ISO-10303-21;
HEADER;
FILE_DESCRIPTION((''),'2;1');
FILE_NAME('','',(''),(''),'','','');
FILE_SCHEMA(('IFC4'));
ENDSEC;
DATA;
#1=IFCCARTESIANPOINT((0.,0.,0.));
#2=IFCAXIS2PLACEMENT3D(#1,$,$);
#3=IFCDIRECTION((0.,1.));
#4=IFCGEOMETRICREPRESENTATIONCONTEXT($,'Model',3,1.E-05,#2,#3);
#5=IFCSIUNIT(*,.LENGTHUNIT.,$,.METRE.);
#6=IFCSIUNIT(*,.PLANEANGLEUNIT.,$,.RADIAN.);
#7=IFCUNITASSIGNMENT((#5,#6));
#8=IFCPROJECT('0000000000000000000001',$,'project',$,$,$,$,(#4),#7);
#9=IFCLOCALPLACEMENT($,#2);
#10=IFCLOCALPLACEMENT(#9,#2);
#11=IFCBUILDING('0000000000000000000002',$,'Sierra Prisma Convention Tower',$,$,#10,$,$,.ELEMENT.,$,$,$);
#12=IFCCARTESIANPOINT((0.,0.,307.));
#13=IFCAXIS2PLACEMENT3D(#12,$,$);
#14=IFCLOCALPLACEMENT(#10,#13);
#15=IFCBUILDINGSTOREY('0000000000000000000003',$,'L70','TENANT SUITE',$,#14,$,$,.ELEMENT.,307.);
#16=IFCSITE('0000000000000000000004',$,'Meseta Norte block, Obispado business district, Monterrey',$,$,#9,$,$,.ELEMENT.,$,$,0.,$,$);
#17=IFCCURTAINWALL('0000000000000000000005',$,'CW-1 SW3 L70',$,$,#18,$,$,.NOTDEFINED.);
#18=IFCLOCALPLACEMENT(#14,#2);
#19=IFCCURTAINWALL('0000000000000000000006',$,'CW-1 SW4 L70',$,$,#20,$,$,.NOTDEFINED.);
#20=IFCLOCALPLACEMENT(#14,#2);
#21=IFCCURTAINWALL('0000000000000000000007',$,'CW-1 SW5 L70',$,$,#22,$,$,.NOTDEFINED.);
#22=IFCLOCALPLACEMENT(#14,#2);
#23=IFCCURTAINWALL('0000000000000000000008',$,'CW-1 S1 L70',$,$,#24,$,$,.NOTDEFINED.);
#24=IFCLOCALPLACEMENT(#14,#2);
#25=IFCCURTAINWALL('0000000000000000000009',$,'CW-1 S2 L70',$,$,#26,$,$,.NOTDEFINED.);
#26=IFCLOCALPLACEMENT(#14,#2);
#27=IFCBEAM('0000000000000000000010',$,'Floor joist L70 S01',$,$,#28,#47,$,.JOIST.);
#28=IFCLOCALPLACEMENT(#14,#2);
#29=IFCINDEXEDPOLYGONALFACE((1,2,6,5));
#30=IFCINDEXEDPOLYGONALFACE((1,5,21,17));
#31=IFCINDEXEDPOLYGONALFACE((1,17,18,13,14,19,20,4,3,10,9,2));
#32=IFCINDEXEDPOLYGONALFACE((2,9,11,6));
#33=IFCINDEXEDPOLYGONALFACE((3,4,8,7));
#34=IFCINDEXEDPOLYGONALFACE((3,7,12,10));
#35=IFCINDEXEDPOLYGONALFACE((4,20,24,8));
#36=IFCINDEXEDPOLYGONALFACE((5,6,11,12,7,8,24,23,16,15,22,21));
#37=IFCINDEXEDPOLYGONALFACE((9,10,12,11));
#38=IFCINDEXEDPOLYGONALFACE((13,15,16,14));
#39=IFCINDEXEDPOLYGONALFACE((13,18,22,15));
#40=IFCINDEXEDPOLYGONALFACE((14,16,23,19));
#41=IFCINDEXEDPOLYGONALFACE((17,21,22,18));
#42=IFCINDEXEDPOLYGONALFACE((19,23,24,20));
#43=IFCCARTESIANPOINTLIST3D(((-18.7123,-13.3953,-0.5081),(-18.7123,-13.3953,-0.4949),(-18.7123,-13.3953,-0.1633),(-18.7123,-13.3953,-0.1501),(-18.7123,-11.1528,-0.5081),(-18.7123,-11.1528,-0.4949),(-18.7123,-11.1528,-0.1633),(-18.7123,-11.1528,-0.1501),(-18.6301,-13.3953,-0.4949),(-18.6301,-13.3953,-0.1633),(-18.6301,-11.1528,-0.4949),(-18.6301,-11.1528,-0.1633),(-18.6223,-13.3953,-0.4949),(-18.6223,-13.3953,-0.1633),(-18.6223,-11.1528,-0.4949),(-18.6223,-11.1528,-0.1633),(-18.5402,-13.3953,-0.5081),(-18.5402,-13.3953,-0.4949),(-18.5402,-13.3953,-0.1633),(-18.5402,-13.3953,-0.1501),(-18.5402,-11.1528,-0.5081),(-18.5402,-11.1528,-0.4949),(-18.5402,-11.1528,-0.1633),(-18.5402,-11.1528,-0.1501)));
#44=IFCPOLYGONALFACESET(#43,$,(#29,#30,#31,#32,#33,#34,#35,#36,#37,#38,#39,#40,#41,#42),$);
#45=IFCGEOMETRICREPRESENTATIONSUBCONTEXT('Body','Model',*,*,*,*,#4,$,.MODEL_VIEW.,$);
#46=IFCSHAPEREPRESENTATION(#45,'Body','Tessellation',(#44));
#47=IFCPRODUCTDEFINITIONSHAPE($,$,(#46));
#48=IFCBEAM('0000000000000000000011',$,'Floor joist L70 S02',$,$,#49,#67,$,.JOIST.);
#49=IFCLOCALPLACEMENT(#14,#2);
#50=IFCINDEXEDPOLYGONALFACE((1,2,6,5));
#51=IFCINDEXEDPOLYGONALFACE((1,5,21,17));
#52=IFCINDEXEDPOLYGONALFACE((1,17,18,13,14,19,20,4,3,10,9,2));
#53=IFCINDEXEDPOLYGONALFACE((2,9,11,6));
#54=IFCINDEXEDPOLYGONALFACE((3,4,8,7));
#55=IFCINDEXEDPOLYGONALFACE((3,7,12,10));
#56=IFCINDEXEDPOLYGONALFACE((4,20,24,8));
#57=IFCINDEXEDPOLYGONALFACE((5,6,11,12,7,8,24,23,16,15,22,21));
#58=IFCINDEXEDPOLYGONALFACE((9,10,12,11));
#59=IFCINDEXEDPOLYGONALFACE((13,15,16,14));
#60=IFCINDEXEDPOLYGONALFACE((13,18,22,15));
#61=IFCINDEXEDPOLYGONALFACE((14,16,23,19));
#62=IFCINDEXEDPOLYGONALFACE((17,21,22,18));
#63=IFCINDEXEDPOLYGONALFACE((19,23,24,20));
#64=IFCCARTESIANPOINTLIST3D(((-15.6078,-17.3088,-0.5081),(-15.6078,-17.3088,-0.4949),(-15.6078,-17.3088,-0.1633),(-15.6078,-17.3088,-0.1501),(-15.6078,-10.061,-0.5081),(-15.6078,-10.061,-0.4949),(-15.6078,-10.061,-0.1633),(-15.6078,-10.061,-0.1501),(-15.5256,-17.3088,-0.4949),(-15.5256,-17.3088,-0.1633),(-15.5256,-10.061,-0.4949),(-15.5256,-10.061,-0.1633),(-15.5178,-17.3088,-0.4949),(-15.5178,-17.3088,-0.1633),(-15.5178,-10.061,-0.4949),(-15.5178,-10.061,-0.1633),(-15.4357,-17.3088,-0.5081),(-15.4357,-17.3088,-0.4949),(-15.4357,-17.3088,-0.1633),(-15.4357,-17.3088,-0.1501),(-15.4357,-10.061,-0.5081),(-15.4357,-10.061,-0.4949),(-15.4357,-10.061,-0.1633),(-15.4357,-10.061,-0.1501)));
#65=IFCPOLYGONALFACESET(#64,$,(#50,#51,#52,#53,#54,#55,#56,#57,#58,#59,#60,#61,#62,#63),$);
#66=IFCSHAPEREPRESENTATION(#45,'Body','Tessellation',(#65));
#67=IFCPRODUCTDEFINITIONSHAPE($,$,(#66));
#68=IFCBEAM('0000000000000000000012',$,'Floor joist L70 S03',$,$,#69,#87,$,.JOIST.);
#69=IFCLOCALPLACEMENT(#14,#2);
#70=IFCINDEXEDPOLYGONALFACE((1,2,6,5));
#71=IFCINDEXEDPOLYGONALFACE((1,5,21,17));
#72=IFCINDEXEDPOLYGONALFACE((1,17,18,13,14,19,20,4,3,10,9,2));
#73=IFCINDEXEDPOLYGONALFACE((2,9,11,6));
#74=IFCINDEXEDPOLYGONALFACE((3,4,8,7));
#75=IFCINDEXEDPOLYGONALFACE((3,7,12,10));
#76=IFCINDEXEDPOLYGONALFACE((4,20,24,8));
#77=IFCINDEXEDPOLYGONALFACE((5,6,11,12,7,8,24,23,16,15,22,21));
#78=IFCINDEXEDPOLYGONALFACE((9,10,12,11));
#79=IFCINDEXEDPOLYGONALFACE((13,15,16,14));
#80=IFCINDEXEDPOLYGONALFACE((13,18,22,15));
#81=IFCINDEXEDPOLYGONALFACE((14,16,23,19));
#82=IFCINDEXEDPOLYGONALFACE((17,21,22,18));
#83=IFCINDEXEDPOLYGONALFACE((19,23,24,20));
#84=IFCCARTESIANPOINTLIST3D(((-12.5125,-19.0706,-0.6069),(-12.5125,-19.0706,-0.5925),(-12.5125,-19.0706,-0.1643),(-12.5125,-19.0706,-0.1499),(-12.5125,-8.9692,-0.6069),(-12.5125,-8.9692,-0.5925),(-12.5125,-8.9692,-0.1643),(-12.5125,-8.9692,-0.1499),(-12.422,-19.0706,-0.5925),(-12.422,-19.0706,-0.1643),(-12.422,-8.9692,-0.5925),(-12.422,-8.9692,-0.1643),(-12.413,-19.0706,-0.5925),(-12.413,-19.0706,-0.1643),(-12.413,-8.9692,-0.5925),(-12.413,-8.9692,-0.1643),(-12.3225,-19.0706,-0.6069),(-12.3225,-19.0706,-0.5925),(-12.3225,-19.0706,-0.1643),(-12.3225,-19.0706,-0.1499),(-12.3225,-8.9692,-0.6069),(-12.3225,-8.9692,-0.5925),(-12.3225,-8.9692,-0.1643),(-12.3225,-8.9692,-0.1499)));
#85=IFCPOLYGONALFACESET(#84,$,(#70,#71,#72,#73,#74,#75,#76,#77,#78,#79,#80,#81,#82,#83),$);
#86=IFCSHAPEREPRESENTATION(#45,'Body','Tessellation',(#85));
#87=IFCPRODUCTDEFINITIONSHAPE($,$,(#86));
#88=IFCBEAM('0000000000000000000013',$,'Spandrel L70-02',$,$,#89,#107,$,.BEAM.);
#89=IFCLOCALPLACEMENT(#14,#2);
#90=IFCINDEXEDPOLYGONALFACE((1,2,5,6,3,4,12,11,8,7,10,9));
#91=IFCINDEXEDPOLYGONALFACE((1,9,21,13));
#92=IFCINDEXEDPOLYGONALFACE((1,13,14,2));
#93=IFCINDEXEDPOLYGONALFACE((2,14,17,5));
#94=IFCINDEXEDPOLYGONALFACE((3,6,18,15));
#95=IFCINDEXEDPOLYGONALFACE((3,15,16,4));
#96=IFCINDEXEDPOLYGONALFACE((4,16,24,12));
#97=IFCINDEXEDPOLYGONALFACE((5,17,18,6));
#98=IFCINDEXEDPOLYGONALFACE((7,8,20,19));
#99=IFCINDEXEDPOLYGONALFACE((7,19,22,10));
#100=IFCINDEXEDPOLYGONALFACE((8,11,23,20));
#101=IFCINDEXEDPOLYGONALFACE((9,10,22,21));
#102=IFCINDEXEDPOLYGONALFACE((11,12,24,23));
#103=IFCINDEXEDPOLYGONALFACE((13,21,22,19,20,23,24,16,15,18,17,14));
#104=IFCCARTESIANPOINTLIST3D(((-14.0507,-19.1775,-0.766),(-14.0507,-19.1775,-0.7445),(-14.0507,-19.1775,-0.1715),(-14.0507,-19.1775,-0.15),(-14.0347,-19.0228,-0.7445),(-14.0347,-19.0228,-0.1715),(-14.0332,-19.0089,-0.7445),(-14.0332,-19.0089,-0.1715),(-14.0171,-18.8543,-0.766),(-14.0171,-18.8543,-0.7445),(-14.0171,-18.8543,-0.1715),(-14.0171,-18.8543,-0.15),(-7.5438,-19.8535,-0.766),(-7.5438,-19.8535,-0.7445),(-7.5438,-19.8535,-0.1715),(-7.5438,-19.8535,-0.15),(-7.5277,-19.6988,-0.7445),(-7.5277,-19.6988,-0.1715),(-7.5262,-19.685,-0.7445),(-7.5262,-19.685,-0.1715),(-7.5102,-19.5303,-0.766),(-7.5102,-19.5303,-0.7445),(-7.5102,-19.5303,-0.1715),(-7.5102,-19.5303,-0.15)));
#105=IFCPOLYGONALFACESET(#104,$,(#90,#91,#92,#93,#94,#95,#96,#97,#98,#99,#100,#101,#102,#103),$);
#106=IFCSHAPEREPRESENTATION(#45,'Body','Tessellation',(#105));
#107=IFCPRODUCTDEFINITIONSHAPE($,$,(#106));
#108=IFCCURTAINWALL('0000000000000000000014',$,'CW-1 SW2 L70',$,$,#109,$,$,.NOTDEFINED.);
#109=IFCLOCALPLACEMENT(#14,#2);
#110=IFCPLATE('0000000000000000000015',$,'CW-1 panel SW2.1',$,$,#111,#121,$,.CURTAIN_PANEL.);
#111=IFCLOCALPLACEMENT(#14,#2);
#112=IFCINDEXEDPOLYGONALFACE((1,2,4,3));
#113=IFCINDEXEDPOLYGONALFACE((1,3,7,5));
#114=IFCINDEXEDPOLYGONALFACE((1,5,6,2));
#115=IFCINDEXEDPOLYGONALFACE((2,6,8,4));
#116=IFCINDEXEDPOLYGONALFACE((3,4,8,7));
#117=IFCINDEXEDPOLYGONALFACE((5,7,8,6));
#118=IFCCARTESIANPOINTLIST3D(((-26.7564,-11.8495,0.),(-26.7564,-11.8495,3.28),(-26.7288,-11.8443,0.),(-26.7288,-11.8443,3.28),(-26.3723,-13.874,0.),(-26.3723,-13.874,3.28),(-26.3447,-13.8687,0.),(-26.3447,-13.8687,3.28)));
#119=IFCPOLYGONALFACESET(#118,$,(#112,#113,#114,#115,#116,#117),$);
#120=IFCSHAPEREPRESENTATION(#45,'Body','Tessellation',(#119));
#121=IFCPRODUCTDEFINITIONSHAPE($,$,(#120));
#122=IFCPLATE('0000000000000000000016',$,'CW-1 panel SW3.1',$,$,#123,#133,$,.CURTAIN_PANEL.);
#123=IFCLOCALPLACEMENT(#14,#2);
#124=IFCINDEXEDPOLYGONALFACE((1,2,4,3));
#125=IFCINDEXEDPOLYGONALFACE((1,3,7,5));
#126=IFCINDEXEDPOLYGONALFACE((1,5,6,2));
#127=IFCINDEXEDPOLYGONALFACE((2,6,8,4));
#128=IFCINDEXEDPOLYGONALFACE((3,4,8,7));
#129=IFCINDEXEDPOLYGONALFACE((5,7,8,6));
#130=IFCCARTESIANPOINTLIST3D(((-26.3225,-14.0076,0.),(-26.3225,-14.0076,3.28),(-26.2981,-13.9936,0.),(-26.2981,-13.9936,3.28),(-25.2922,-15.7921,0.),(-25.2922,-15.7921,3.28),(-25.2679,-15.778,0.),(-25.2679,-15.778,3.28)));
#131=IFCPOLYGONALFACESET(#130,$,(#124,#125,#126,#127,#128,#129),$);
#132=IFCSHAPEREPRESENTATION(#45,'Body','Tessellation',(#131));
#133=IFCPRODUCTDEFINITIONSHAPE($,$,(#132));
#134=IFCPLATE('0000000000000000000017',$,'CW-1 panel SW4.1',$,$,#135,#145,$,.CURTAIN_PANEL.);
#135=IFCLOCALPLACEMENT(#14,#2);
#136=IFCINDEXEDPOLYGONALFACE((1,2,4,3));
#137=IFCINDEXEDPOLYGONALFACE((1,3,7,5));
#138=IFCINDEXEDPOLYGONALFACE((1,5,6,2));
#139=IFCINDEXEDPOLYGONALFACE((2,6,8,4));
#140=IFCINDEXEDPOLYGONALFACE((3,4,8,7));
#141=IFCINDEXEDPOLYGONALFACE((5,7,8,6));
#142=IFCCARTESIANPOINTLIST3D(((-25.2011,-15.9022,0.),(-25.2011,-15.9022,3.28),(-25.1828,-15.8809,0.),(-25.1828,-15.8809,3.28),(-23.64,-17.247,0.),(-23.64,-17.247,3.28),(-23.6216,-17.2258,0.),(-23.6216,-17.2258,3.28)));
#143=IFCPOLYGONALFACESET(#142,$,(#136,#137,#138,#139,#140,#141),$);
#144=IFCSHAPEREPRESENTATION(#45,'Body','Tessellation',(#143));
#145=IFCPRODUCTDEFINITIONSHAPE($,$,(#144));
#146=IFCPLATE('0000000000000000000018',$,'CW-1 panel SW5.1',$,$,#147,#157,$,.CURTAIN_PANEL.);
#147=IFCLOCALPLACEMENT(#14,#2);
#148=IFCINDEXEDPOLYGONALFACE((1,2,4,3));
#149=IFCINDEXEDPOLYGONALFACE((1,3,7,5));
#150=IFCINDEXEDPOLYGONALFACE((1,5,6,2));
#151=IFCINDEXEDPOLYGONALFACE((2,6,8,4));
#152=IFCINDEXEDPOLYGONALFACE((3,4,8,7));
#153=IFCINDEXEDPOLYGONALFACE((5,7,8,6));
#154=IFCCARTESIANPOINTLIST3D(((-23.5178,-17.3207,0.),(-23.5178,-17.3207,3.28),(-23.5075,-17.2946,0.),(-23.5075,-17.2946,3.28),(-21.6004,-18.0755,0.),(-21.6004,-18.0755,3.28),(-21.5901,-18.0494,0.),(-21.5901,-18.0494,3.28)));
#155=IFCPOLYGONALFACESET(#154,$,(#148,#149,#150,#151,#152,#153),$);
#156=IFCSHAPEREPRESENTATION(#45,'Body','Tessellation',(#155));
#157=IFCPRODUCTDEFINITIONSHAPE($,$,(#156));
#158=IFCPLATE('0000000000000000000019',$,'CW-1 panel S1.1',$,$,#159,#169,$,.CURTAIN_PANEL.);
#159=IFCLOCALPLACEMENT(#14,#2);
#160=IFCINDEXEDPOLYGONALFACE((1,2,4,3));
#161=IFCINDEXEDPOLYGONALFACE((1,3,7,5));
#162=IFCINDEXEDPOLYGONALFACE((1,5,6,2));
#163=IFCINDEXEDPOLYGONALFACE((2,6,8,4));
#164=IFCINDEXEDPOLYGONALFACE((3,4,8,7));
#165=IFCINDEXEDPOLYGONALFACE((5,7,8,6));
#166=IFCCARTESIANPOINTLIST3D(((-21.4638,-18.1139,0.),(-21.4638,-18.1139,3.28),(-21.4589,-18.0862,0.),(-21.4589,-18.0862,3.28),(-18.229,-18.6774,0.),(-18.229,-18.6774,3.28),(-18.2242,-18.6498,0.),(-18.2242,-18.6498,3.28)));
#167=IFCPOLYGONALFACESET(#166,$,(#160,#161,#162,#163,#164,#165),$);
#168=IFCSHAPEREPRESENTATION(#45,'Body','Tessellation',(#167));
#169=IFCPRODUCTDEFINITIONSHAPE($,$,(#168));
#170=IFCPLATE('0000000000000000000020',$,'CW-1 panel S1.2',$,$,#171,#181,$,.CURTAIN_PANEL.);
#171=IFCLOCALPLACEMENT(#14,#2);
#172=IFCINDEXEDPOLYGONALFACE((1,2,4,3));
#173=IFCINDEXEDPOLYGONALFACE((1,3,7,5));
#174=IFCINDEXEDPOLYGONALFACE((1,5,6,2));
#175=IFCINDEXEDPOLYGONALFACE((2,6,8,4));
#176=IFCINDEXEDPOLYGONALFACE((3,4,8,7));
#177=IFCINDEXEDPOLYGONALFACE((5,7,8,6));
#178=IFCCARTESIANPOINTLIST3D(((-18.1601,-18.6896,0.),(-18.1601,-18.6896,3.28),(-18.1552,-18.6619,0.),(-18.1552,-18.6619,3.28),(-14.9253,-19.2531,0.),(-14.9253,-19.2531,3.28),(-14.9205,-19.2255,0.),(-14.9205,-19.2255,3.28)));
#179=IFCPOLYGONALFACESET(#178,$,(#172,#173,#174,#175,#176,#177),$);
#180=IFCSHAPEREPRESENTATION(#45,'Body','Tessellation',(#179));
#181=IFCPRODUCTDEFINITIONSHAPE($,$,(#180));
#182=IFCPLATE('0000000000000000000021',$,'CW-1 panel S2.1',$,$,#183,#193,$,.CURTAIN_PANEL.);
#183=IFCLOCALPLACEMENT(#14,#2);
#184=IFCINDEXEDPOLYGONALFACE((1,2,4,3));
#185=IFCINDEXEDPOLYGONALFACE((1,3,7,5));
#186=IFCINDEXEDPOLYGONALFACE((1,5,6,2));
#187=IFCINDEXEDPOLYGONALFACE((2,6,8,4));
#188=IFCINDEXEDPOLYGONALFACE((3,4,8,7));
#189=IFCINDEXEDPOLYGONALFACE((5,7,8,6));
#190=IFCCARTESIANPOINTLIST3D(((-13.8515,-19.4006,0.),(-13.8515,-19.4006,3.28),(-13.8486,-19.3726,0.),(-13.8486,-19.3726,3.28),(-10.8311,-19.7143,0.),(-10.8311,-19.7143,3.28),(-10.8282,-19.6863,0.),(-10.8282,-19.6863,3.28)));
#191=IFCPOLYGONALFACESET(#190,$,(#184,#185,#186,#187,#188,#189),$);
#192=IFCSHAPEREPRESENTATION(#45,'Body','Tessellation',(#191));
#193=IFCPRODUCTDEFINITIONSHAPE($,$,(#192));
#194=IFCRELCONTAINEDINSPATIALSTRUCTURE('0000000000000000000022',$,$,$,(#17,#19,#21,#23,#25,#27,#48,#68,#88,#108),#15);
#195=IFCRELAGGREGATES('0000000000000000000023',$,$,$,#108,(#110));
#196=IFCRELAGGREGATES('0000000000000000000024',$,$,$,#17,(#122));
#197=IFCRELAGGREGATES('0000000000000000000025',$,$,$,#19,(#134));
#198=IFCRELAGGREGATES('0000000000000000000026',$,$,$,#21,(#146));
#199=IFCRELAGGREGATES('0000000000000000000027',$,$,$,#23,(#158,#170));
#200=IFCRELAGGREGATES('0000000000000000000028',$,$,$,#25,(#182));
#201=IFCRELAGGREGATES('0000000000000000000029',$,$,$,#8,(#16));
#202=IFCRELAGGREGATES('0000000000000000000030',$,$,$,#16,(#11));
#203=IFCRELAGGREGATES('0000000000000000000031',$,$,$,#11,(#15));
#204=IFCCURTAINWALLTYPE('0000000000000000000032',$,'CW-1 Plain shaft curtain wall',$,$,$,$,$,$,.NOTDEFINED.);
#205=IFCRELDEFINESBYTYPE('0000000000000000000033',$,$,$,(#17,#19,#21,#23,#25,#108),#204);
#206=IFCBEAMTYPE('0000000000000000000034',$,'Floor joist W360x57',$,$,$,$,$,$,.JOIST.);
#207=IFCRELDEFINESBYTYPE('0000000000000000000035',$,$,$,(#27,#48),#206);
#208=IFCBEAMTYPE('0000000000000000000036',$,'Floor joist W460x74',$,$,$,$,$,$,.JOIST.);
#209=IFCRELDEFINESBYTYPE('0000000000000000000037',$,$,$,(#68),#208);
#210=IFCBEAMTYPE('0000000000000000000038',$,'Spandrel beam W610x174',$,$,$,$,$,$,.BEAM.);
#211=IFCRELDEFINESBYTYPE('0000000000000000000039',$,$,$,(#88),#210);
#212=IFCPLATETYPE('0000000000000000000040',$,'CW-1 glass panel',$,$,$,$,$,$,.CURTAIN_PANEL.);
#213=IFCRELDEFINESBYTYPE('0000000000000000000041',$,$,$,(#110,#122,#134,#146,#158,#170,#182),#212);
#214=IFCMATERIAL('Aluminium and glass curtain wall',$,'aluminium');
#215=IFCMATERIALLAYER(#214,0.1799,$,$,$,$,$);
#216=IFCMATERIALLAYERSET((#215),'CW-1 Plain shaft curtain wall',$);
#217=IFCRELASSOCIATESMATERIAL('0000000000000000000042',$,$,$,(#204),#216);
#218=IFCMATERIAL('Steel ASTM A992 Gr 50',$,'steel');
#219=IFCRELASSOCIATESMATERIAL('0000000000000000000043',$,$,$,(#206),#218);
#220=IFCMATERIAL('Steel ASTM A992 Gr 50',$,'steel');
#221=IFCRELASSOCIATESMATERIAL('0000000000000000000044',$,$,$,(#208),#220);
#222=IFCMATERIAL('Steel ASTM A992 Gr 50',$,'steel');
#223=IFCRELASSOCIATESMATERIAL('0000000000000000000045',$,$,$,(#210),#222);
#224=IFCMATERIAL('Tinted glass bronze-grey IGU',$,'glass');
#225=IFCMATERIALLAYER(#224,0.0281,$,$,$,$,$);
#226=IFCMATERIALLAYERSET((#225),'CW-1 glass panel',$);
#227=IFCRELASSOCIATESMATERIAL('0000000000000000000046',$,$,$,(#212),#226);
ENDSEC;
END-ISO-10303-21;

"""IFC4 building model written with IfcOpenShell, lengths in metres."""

from ifc_helpers import new_model, si_unit, direction, frame, origin, origin_2d, place, context, subcontext, project, spatial, rectangle, i_section, extrude, material, layer, layer_set, material_profile, profile_set, type_object, element, aggregate, save


model = new_model("IFC4")

# Units and contexts
model_context = context("Model", 3, precision=1e-05, world=origin(), true_north=direction((0.0, 1.0)))
body_context = subcontext(model_context, "Body", "Model", "MODEL_VIEW")
ifc_project = project(units=[si_unit("LENGTHUNIT", "METRE"), si_unit("PLANEANGLEUNIT", "RADIAN")], contexts=[model_context])

# Site, building, storey
site_placement = place(None, origin())
site = spatial("IfcSite", under=ifc_project, at=site_placement, Name="Meseta Norte block, Obispado business district, Monterrey", CompositionType="ELEMENT", RefElevation=0.0)
building_placement = place(site_placement, origin())
building = spatial("IfcBuilding", under=site, at=building_placement, Name="Sierra Prisma Convention Tower", CompositionType="ELEMENT")
storey_placement = place(building_placement, frame((0.0, 0.0, 307.0)))
storey = spatial("IfcBuildingStorey", under=building, at=storey_placement, Name="L70", Description="TENANT SUITE", CompositionType="ELEMENT", Elevation=307.0)

# Curtain walls
ifc_material_1 = material(Name="Aluminium and glass curtain wall", Category="aluminium")
ifc_layer_1 = layer(ifc_material_1, 0.1799)
ifc_layer_set_1 = layer_set([ifc_layer_1], Name="CW-1 Plain shaft curtain wall")
curtain_wall_type = type_object("IfcCurtainWallType", Name="CW-1 Plain shaft curtain wall", PredefinedType="NOTDEFINED", material=ifc_layer_set_1)
curtain_wall_1_placement = place(storey_placement, origin())
curtain_wall_1 = element("IfcCurtainWall", 1, at=curtain_wall_1_placement, inside=storey, type_object=curtain_wall_type, Name="CW-1 SW3 L70", PredefinedType="NOTDEFINED")
curtain_wall_2_placement = place(storey_placement, origin())
curtain_wall_2 = element("IfcCurtainWall", 2, at=curtain_wall_2_placement, inside=storey, type_object=curtain_wall_type, Name="CW-1 SW4 L70", PredefinedType="NOTDEFINED")
curtain_wall_3_placement = place(storey_placement, origin())
curtain_wall_3 = element("IfcCurtainWall", 3, at=curtain_wall_3_placement, inside=storey, type_object=curtain_wall_type, Name="CW-1 SW5 L70", PredefinedType="NOTDEFINED")

# Curtain wall
curtain_wall_4_placement = place(storey_placement, origin())
curtain_wall_4 = element("IfcCurtainWall", 4, at=curtain_wall_4_placement, inside=storey, type_object=curtain_wall_type, Name="CW-1 S1 L70", PredefinedType="NOTDEFINED")

# Curtain wall
curtain_wall_5_placement = place(storey_placement, origin())
curtain_wall_5 = element("IfcCurtainWall", 5, at=curtain_wall_5_placement, inside=storey, type_object=curtain_wall_type, Name="CW-1 S2 L70", PredefinedType="NOTDEFINED")

# Beams
ifc_material_2 = material(Name="Steel ASTM A992 Gr 50", Category="steel")
ifc_material_profile_1 = material_profile(ifc_material_2, i_section(OverallWidth=0.1721, OverallDepth=0.3579, WebThickness=0.0078, FlangeThickness=0.0132, at=origin_2d()), Name="W360x57")
ifc_profile_set_1 = profile_set([ifc_material_profile_1], Name="Steel ASTM A992 Gr 50")
beam_type_1 = type_object("IfcBeamType", Name="Floor joist W360x57", PredefinedType="JOIST", material=ifc_profile_set_1)
beam_1_placement = place(storey_placement, frame((-18.6262, -13.3953, -0.3291), z_axis=(0.0, 1.0, 0.0), x_axis=(-1.0, 0.0, 0.0)))
element("IfcBeam", 6, at=beam_1_placement, inside=storey, type_object=beam_type_1, Name="Floor joist L70 S01", PredefinedType="JOIST", context=body_context, shape_type="SweptSolid", body=[
    extrude(i_section(OverallWidth=0.1721, OverallDepth=0.3579, WebThickness=0.0078, FlangeThickness=0.0132, at=origin_2d()), origin(), (0.0, 0.0, 1.0), 2.2424),
])
beam_2_placement = place(storey_placement, frame((-15.5217, -17.3088, -0.3291), z_axis=(0.0, 1.0, 0.0), x_axis=(-1.0, 0.0, 0.0)))
element("IfcBeam", 7, at=beam_2_placement, inside=storey, type_object=beam_type_1, Name="Floor joist L70 S02", PredefinedType="JOIST", context=body_context, shape_type="SweptSolid", body=[
    extrude(i_section(OverallWidth=0.1721, OverallDepth=0.3579, WebThickness=0.0078, FlangeThickness=0.0132, at=origin_2d()), origin(), (0.0, 0.0, 1.0), 7.2478),
])
ifc_material_3 = material(Name="Steel ASTM A992 Gr 50", Category="steel")
ifc_material_profile_2 = material_profile(ifc_material_3, i_section(OverallWidth=0.1899, OverallDepth=0.457, WebThickness=0.009, FlangeThickness=0.0144, at=origin_2d()), Name="W460x74")
ifc_profile_set_2 = profile_set([ifc_material_profile_2], Name="Steel ASTM A992 Gr 50")
beam_type_2 = type_object("IfcBeamType", Name="Floor joist W460x74", PredefinedType="JOIST", material=ifc_profile_set_2)
beam_3_placement = place(storey_placement, frame((-12.4175, -19.0706, -0.3784), z_axis=(0.0, 1.0, 0.0), x_axis=(-1.0, 0.0, 0.0)))
element("IfcBeam", 8, at=beam_3_placement, inside=storey, type_object=beam_type_2, Name="Floor joist L70 S03", PredefinedType="JOIST", context=body_context, shape_type="SweptSolid", body=[
    extrude(i_section(OverallWidth=0.1899, OverallDepth=0.457, WebThickness=0.009, FlangeThickness=0.0144, at=origin_2d()), origin(), (0.0, 0.0, 1.0), 10.1013),
])
ifc_material_4 = material(Name="Steel ASTM A992 Gr 50", Category="steel")
ifc_material_profile_3 = material_profile(ifc_material_4, i_section(OverallWidth=0.325, OverallDepth=0.616, WebThickness=0.0139, FlangeThickness=0.0215, at=origin_2d()), Name="W610x174")
ifc_profile_set_3 = profile_set([ifc_material_profile_3], Name="Steel ASTM A992 Gr 50")
beam_type_3 = type_object("IfcBeamType", Name="Spandrel beam W610x174", PredefinedType="BEAM", material=ifc_profile_set_3)
beam_4_placement = place(storey_placement, frame((-14.0339, -19.0159, -0.458), z_axis=(0.994647, -0.103335, 0.0), x_axis=(0.103335, 0.994647, 0.0)))
element("IfcBeam", 9, at=beam_4_placement, inside=storey, type_object=beam_type_3, Name="Spandrel L70-02", PredefinedType="BEAM", context=body_context, shape_type="SweptSolid", body=[
    extrude(i_section(OverallWidth=0.325, OverallDepth=0.616, WebThickness=0.0139, FlangeThickness=0.0215, at=origin_2d()), origin(), (0.0, 0.0, 1.0), 6.542),
])

# Curtain wall, plate
curtain_wall_6_placement = place(storey_placement, origin())
curtain_wall_6 = element("IfcCurtainWall", 10, at=curtain_wall_6_placement, inside=storey, type_object=curtain_wall_type, Name="CW-1 SW2 L70", PredefinedType="NOTDEFINED")
ifc_material_5 = material(Name="Tinted glass bronze-grey IGU", Category="glass")
ifc_layer_2 = layer(ifc_material_5, 0.0281)
ifc_layer_set_2 = layer_set([ifc_layer_2], Name="CW-1 glass panel")
plate_type = type_object("IfcPlateType", Name="CW-1 glass panel", PredefinedType="CURTAIN_PANEL", material=ifc_layer_set_2)
plate_1_placement = place(storey_placement, frame((-26.5505, -12.8591, 0.0), z_axis=(0.0, 0.0, 1.0), x_axis=(0.186417, -0.982471, 0.0)))
plate_1 = element("IfcPlate", 11, at=plate_1_placement, type_object=plate_type, Name="CW-1 panel SW2.1", PredefinedType="CURTAIN_PANEL", context=body_context, shape_type="SweptSolid", body=[
    extrude(rectangle(XDim=2.0605, YDim=0.0281, at=origin_2d()), origin(), (0.0, 0.0, 1.0), 3.28),
])
aggregate(curtain_wall_6, [plate_1])

# Plates
plate_2_placement = place(storey_placement, frame((-25.7952, -14.8928, 0.0), z_axis=(0.0, 0.0, 1.0), x_axis=(0.5, -0.866025, 0.0)))
plate_2 = element("IfcPlate", 12, at=plate_2_placement, type_object=plate_type, Name="CW-1 panel SW3.1", PredefinedType="CURTAIN_PANEL", context=body_context, shape_type="SweptSolid", body=[
    extrude(rectangle(XDim=2.0605, YDim=0.0281, at=origin_2d()), origin(), (0.0, 0.0, 1.0), 3.28),
])
aggregate(curtain_wall_1, [plate_2])
plate_3_placement = place(storey_placement, frame((-24.4114, -16.564, 0.0), z_axis=(0.0, 0.0, 1.0), x_axis=(0.757636, -0.652677, 0.0)))
plate_3 = element("IfcPlate", 13, at=plate_3_placement, type_object=plate_type, Name="CW-1 panel SW4.1", PredefinedType="CURTAIN_PANEL", context=body_context, shape_type="SweptSolid", body=[
    extrude(rectangle(XDim=2.0605, YDim=0.0281, at=origin_2d()), origin(), (0.0, 0.0, 1.0), 3.28),
])
aggregate(curtain_wall_2, [plate_3])
plate_4_placement = place(storey_placement, frame((-22.554, -17.6851, 0.0), z_axis=(0.0, 0.0, 1.0), x_axis=(0.930498, -0.366298, 0.0)))
plate_4 = element("IfcPlate", 14, at=plate_4_placement, type_object=plate_type, Name="CW-1 panel SW5.1", PredefinedType="CURTAIN_PANEL", context=body_context, shape_type="SweptSolid", body=[
    extrude(rectangle(XDim=2.0605, YDim=0.0281, at=origin_2d()), origin(), (0.0, 0.0, 1.0), 3.28),
])
aggregate(curtain_wall_3, [plate_4])
plate_5_placement = place(storey_placement, frame((-19.844, -18.3818, 0.0), z_axis=(0.0, 0.0, 1.0), x_axis=(0.985161, -0.171633, 0.0)))
plate_5 = element("IfcPlate", 15, at=plate_5_placement, type_object=plate_type, Name="CW-1 panel S1.1", PredefinedType="CURTAIN_PANEL", context=body_context, shape_type="SweptSolid", body=[
    extrude(rectangle(XDim=3.2834, YDim=0.0281, at=origin_2d()), origin(), (0.0, 0.0, 1.0), 3.28),
])
plate_6_placement = place(storey_placement, frame((-16.5403, -18.9575, 0.0), z_axis=(0.0, 0.0, 1.0), x_axis=(0.985161, -0.171633, 0.0)))
plate_6 = element("IfcPlate", 16, at=plate_6_placement, type_object=plate_type, Name="CW-1 panel S1.2", PredefinedType="CURTAIN_PANEL", context=body_context, shape_type="SweptSolid", body=[
    extrude(rectangle(XDim=3.2834, YDim=0.0281, at=origin_2d()), origin(), (0.0, 0.0, 1.0), 3.28),
])
aggregate(curtain_wall_4, [plate_5, plate_6])
plate_7_placement = place(storey_placement, frame((-12.3398, -19.5435, 0.0), z_axis=(0.0, 0.0, 1.0), x_axis=(0.994649, -0.103308, 0.0)))
plate_7 = element("IfcPlate", 17, at=plate_7_placement, type_object=plate_type, Name="CW-1 panel S2.1", PredefinedType="CURTAIN_PANEL", context=body_context, shape_type="SweptSolid", body=[
    extrude(rectangle(XDim=3.0366, YDim=0.0281, at=origin_2d()), origin(), (0.0, 0.0, 1.0), 3.28),
])
aggregate(curtain_wall_5, [plate_7])

save(model, "model.ifc")
